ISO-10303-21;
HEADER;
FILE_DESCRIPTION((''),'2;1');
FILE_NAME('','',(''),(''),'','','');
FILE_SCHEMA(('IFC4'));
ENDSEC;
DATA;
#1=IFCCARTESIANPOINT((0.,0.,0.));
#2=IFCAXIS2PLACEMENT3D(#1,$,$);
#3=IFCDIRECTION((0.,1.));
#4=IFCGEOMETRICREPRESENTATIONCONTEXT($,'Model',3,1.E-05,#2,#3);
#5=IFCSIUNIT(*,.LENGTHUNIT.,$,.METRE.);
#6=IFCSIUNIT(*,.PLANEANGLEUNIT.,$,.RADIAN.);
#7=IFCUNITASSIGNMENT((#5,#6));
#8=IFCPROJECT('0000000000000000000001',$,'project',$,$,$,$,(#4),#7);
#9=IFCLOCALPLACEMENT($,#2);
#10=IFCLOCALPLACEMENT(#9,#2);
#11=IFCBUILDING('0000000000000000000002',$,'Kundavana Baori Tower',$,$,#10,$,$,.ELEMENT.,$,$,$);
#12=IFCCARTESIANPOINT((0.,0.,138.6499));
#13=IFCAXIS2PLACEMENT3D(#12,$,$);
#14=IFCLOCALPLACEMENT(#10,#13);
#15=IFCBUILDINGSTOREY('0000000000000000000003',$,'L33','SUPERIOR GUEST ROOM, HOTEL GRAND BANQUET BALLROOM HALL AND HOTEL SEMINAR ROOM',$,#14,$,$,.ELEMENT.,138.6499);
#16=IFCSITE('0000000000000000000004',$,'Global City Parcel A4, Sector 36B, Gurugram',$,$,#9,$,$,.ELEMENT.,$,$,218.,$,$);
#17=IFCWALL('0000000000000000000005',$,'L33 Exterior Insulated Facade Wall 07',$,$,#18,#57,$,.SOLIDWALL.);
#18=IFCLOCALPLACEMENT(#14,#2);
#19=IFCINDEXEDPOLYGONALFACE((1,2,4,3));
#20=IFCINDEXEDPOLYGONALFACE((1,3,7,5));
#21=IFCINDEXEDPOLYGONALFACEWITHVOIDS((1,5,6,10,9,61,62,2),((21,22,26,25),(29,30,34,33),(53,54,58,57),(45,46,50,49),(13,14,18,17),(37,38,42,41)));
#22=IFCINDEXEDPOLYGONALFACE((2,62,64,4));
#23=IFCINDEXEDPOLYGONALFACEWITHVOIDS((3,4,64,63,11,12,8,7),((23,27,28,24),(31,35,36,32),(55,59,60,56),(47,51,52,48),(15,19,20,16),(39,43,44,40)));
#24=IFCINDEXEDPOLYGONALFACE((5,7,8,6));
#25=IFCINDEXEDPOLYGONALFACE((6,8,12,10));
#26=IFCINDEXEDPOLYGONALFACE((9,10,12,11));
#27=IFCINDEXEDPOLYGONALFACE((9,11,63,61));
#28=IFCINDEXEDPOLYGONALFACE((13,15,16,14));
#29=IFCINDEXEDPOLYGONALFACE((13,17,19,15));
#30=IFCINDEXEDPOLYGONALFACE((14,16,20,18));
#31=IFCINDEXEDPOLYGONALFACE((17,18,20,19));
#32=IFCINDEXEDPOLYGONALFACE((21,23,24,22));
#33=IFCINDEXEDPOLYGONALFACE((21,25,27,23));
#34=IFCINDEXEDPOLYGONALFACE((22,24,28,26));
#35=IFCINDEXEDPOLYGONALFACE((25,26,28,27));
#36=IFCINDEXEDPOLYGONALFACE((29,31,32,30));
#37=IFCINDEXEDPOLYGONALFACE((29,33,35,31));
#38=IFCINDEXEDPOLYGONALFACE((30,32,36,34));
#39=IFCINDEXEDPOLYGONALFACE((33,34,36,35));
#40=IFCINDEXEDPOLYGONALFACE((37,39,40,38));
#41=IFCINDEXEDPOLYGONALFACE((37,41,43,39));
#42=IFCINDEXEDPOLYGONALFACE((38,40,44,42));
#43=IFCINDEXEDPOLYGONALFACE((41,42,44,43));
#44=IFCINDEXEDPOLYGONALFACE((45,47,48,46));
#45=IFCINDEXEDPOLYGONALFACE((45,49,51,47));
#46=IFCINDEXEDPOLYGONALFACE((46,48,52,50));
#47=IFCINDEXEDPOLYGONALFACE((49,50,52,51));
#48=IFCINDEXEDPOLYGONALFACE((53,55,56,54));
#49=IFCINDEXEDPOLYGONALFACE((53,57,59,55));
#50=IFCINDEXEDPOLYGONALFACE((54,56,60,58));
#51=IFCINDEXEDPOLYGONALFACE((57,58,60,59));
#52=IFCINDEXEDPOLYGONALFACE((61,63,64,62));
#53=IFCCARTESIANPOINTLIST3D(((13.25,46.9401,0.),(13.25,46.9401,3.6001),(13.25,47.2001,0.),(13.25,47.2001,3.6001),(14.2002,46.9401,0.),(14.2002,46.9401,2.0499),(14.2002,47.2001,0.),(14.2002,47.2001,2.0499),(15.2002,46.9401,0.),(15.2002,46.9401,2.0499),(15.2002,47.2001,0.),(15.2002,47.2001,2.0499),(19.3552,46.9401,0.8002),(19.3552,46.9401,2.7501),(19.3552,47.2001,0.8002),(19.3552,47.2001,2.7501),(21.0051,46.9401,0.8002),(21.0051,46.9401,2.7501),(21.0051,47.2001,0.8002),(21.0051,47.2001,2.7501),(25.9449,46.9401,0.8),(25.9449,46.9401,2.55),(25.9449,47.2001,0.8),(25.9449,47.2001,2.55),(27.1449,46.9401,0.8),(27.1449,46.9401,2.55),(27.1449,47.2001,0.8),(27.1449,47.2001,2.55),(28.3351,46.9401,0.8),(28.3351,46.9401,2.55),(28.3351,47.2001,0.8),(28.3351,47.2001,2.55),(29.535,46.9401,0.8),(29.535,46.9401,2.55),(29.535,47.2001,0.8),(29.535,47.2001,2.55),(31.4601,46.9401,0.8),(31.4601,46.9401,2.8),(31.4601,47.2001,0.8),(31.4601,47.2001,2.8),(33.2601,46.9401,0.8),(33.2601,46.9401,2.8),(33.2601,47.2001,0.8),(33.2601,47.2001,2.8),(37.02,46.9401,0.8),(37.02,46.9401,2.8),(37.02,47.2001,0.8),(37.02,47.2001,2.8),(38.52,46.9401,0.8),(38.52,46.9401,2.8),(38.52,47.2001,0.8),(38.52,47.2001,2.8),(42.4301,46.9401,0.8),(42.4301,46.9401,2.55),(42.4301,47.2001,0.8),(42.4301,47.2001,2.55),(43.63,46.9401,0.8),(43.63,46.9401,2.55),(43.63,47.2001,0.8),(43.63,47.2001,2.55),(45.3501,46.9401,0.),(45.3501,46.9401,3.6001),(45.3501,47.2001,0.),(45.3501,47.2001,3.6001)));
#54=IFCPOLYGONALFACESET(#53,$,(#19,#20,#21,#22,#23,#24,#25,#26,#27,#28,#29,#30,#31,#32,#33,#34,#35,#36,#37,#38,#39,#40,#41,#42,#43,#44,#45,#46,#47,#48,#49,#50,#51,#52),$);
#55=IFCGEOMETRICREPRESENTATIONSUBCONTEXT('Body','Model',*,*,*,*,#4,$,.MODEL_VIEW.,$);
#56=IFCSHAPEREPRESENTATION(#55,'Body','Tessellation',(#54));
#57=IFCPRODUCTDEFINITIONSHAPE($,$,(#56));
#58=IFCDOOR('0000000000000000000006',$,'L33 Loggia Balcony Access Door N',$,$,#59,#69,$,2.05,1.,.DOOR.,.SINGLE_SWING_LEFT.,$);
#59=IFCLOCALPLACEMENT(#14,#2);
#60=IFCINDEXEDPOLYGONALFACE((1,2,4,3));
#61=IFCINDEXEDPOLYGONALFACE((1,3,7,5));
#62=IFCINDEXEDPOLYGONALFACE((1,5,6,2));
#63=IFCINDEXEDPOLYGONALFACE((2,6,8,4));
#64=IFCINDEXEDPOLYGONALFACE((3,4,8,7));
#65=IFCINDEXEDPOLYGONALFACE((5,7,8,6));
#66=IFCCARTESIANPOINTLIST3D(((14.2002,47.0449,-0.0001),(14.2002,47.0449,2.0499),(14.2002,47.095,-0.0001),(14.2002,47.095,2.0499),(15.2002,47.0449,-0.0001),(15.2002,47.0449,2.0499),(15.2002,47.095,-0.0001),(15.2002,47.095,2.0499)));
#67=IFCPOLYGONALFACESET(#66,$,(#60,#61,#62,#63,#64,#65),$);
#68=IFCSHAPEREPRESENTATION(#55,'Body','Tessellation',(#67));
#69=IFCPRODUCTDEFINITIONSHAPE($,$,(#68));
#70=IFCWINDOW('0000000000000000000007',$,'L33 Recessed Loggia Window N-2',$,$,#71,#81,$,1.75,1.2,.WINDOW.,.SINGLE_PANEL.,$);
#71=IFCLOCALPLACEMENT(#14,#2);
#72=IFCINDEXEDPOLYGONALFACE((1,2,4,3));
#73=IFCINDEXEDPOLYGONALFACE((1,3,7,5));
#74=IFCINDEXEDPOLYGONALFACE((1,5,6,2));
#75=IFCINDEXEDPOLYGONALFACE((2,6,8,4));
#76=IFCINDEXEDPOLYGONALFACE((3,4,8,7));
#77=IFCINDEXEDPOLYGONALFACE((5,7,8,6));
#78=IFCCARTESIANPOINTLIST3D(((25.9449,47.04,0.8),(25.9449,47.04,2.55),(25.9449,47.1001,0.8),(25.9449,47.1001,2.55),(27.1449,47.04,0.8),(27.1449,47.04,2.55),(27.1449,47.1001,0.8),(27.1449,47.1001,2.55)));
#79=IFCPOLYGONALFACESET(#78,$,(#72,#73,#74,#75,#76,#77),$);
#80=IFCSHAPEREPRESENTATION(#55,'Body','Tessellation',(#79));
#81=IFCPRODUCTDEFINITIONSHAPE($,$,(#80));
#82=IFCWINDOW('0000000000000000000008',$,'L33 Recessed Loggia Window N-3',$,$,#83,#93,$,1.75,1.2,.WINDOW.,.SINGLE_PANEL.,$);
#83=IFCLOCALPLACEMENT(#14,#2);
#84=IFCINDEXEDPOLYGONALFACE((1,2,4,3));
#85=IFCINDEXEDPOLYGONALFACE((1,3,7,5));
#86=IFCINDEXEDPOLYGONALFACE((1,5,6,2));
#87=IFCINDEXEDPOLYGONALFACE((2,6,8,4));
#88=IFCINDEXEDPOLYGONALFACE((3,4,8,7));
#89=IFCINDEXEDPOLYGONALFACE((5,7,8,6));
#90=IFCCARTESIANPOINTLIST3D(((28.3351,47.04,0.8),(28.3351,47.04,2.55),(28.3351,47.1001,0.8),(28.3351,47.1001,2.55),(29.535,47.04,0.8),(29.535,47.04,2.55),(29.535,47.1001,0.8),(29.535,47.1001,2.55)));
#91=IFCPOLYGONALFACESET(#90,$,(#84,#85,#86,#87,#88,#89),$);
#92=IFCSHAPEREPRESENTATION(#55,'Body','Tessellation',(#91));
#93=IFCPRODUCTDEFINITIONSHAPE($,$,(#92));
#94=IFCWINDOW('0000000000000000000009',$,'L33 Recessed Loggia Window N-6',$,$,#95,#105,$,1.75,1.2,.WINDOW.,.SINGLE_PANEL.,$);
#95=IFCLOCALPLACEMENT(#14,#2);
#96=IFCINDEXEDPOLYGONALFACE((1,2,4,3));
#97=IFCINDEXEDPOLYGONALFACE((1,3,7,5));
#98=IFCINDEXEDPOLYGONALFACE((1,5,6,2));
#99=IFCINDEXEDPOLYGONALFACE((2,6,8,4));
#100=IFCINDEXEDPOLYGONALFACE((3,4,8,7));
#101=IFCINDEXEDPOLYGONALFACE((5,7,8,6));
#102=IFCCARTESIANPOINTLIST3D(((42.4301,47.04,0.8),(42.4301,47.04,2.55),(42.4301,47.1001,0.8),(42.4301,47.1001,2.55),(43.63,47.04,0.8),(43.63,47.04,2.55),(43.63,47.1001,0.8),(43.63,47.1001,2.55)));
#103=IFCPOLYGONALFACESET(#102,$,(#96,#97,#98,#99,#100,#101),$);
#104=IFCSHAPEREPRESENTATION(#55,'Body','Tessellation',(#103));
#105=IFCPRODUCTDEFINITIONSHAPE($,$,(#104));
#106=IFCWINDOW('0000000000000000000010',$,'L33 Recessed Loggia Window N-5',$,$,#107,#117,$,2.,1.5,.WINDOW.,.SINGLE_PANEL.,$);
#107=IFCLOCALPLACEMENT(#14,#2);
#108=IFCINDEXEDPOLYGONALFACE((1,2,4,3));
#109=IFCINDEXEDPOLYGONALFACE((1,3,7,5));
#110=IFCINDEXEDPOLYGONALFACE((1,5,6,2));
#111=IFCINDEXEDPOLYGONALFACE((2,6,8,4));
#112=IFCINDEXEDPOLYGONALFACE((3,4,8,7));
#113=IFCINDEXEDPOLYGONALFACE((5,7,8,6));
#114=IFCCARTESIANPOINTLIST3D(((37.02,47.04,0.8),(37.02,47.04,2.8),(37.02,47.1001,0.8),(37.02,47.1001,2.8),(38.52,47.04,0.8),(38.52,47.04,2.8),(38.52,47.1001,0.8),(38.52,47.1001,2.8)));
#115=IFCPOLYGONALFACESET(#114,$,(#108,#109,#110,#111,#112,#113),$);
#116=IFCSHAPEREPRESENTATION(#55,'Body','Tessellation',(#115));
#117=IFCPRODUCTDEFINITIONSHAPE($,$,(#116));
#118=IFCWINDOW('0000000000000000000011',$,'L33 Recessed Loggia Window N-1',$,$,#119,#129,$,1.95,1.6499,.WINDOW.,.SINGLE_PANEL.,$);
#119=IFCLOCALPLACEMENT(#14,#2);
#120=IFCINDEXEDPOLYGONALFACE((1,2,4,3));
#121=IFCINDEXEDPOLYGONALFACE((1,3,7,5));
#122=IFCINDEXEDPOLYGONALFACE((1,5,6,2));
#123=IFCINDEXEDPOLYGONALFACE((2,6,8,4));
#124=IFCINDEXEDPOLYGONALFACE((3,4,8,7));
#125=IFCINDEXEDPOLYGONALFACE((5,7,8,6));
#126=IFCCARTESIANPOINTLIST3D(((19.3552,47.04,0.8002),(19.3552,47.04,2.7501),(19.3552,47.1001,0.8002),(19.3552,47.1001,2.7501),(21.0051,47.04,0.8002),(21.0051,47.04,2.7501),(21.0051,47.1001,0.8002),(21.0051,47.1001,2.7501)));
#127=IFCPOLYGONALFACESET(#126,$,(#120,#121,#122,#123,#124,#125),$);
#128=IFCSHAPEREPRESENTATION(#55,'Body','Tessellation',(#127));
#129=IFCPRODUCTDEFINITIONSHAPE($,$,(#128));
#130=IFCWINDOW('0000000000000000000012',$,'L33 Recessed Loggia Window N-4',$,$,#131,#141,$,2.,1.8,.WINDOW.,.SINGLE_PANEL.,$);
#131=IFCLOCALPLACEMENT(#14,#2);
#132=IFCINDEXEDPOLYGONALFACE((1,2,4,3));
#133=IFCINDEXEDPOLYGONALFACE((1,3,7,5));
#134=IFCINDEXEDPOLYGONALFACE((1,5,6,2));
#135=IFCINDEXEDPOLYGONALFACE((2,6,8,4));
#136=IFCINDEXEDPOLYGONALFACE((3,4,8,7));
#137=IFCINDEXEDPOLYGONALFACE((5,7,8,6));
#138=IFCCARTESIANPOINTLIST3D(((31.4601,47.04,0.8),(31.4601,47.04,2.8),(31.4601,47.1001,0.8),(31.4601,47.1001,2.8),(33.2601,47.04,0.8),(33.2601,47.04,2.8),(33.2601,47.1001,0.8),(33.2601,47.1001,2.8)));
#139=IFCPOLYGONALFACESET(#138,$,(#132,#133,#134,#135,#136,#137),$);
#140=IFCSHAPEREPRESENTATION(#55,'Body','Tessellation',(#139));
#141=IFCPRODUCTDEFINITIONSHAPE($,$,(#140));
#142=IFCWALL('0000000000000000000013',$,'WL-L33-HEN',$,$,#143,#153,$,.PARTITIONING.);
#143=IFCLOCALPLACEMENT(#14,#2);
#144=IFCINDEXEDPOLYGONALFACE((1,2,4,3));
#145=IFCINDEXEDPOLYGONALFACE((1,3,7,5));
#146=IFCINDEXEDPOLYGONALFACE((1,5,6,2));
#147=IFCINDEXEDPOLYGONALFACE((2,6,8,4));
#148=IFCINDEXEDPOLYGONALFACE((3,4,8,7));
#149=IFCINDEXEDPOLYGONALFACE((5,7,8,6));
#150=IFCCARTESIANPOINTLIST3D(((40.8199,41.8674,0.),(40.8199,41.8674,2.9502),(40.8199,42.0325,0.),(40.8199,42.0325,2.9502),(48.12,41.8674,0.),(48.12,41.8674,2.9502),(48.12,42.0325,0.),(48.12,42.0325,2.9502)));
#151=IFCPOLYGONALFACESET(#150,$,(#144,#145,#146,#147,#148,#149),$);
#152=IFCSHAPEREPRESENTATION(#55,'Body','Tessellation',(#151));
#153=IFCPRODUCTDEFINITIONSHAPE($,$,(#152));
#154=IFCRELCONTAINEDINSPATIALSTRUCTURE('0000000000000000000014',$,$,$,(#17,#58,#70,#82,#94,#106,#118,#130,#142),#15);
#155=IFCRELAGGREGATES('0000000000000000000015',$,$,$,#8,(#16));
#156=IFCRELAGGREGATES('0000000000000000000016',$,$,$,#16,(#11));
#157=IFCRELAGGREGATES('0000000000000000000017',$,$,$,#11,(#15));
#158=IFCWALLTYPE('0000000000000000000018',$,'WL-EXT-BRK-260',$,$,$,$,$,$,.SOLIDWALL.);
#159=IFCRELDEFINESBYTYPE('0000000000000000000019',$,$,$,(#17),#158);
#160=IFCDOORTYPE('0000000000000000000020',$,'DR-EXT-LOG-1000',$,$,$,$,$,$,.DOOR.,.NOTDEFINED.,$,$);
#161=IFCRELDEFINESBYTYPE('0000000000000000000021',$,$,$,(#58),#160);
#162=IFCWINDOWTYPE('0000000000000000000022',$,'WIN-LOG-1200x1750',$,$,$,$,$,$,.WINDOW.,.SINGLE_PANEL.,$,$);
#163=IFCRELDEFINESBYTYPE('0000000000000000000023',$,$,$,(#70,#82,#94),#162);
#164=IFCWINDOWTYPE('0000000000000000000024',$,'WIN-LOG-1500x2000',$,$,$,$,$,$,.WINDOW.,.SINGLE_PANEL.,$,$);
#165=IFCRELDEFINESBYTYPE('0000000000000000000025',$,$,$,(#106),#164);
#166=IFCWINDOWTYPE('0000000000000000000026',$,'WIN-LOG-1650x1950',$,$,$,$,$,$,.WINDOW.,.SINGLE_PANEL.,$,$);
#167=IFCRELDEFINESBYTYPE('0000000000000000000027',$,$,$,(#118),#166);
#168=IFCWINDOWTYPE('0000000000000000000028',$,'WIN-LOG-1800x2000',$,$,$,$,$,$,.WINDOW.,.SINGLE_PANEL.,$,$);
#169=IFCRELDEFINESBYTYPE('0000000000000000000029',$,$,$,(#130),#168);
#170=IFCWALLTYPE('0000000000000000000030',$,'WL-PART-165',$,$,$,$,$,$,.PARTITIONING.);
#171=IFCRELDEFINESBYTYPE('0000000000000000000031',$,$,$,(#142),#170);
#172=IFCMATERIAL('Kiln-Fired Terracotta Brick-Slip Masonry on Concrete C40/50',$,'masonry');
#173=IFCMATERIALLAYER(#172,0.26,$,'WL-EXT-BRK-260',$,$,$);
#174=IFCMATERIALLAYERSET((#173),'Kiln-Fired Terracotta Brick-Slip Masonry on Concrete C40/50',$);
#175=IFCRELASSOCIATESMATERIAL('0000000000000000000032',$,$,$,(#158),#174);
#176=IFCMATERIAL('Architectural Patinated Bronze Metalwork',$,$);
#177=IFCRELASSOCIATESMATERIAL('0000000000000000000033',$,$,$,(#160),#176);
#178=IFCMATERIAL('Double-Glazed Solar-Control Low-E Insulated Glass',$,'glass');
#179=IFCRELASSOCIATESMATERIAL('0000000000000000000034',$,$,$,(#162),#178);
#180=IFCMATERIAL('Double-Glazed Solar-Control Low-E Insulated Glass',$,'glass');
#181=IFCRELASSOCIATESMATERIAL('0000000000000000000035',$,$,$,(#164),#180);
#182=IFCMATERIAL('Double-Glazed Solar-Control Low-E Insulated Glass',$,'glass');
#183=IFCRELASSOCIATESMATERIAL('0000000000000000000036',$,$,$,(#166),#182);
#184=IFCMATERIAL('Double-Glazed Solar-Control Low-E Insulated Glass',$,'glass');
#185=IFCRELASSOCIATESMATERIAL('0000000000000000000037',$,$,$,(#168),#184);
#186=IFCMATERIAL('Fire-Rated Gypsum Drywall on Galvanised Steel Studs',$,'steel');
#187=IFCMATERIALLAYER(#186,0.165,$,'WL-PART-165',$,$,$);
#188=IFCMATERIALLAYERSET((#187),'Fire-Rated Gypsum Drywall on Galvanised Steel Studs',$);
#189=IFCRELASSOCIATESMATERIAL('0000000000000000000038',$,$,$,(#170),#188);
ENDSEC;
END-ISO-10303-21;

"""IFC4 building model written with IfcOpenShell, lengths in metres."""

from ifc_helpers import new_model, si_unit, direction, frame, frame_2d, origin, place, context, subcontext, project, spatial, rectangle, extrude, material, layer, layer_set, type_object, element, fill, save


model = new_model("IFC4")

# Units and contexts
model_context = context("Model", 3, precision=1e-05, world=origin(), true_north=direction((0.0, 1.0)))
body_context = subcontext(model_context, "Body", "Model", "MODEL_VIEW")
ifc_project = project(units=[si_unit("LENGTHUNIT", "METRE"), si_unit("PLANEANGLEUNIT", "RADIAN")], contexts=[model_context])

# Site, building, storey
site_placement = place(None, origin())
site = spatial("IfcSite", under=ifc_project, at=site_placement, Name="Global City Parcel A4, Sector 36B, Gurugram", CompositionType="ELEMENT", RefElevation=218.0)
building_placement = place(site_placement, origin())
building = spatial("IfcBuilding", under=site, at=building_placement, Name="Kundavana Baori Tower", CompositionType="ELEMENT")
storey_placement = place(building_placement, frame((0.0, 0.0, 138.6499)))
storey = spatial("IfcBuildingStorey", under=building, at=storey_placement, Name="L33", Description="SUPERIOR GUEST ROOM, HOTEL GRAND BANQUET BALLROOM HALL AND HOTEL SEMINAR ROOM", CompositionType="ELEMENT", Elevation=138.6499)

# Shared definitions
ifc_material_1 = material(Name="Kiln-Fired Terracotta Brick-Slip Masonry on Concrete C40/50", Category="masonry")
ifc_layer_1 = layer(ifc_material_1, 0.26, Name="WL-EXT-BRK-260")
ifc_layer_set_1 = layer_set([ifc_layer_1], Name="Kiln-Fired Terracotta Brick-Slip Masonry on Concrete C40/50")
wall_type_1 = type_object("IfcWallType", Name="WL-EXT-BRK-260", PredefinedType="SOLIDWALL", material=ifc_layer_set_1)

# Wall, openings, door, windows
wall_1_placement = place(storey_placement, frame((45.3501, 47.0701, 0.0), z_axis=(0.0, 0.0, 1.0), x_axis=(-1.0, 0.0, 0.0)))
wall_1 = element("IfcWall", 1, at=wall_1_placement, inside=storey, type_object=wall_type_1, Name="L33 Exterior Insulated Facade Wall 07", PredefinedType="SOLIDWALL", context=body_context, shape_type="SweptSolid", body=[
    extrude(rectangle(XDim=32.1001, YDim=0.26, at=frame_2d((16.05, 0.0))), origin(), (0.0, 0.0, 1.0), 3.6001),
])
opening_1_placement = place(wall_1_placement, frame((30.1499, 0.0, 0.0)))
opening_1 = element("IfcOpeningElement", 2, at=opening_1_placement, cuts=wall_1, PredefinedType="OPENING", context=body_context, shape_type="SweptSolid", body=[
    extrude(rectangle(XDim=1.0, YDim=2.05, at=frame_2d((0.5, 1.0249))), frame((0.0, 0.1401, 0.0), z_axis=(0.0, -1.0, 0.0), x_axis=(1.0, 0.0, 0.0)), (0.0, 0.0, 1.0), 0.28),
])
opening_2_placement = place(wall_1_placement, frame((24.345, 0.0, 0.8)))
opening_2 = element("IfcOpeningElement", 3, at=opening_2_placement, cuts=wall_1, PredefinedType="OPENING", context=body_context, shape_type="SweptSolid", body=[
    extrude(rectangle(XDim=1.6499, YDim=1.95, at=frame_2d((0.825, 0.9751))), frame((0.0, 0.1401, 0.0), z_axis=(0.0, -1.0, 0.0), x_axis=(1.0, 0.0, 0.0)), (0.0, 0.0, 1.0), 0.28),
])
opening_3_placement = place(wall_1_placement, frame((18.2051, 0.0, 0.8)))
opening_3 = element("IfcOpeningElement", 4, at=opening_3_placement, cuts=wall_1, PredefinedType="OPENING", context=body_context, shape_type="SweptSolid", body=[
    extrude(rectangle(XDim=1.2, YDim=1.75, at=frame_2d((0.6001, 0.875))), frame((0.0, 0.1401, 0.0), z_axis=(0.0, -1.0, 0.0), x_axis=(1.0, 0.0, 0.0)), (0.0, 0.0, 1.0), 0.28),
])
opening_4_placement = place(wall_1_placement, frame((15.8149, 0.0, 0.8)))
opening_4 = element("IfcOpeningElement", 5, at=opening_4_placement, cuts=wall_1, PredefinedType="OPENING", context=body_context, shape_type="SweptSolid", body=[
    extrude(rectangle(XDim=1.2, YDim=1.75, at=frame_2d((0.6001, 0.875))), frame((0.0, 0.1401, 0.0), z_axis=(0.0, -1.0, 0.0), x_axis=(1.0, 0.0, 0.0)), (0.0, 0.0, 1.0), 0.28),
])
opening_5_placement = place(wall_1_placement, frame((12.0901, 0.0, 0.8)))
opening_5 = element("IfcOpeningElement", 6, at=opening_5_placement, cuts=wall_1, PredefinedType="OPENING", context=body_context, shape_type="SweptSolid", body=[
    extrude(rectangle(XDim=1.8, YDim=2.0, at=frame_2d((0.8999, 1.0))), frame((0.0, 0.1401, 0.0), z_axis=(0.0, -1.0, 0.0), x_axis=(1.0, 0.0, 0.0)), (0.0, 0.0, 1.0), 0.28),
])
opening_6_placement = place(wall_1_placement, frame((6.8301, 0.0, 0.8)))
opening_6 = element("IfcOpeningElement", 7, at=opening_6_placement, cuts=wall_1, PredefinedType="OPENING", context=body_context, shape_type="SweptSolid", body=[
    extrude(rectangle(XDim=1.5, YDim=2.0, at=frame_2d((0.75, 1.0))), frame((0.0, 0.1401, 0.0), z_axis=(0.0, -1.0, 0.0), x_axis=(1.0, 0.0, 0.0)), (0.0, 0.0, 1.0), 0.28),
])
opening_7_placement = place(wall_1_placement, frame((1.72, 0.0, 0.8)))
opening_7 = element("IfcOpeningElement", 8, at=opening_7_placement, cuts=wall_1, PredefinedType="OPENING", context=body_context, shape_type="SweptSolid", body=[
    extrude(rectangle(XDim=1.2, YDim=1.75, at=frame_2d((0.6001, 0.875))), frame((0.0, 0.1401, 0.0), z_axis=(0.0, -1.0, 0.0), x_axis=(1.0, 0.0, 0.0)), (0.0, 0.0, 1.0), 0.28),
])
ifc_material_2 = material(Name="Architectural Patinated Bronze Metalwork")
door_type_1 = type_object("IfcDoorType", Name="DR-EXT-LOG-1000", OperationType="NOTDEFINED", PredefinedType="DOOR", material=ifc_material_2)
door_1_placement = place(opening_1_placement, frame((1.0, 0.0, 0.0), z_axis=(0.0, 0.0, 1.0), x_axis=(-1.0, 0.0, 0.0)))
door_1 = element("IfcDoor", 9, at=door_1_placement, inside=storey, type_object=door_type_1, Name="L33 Loggia Balcony Access Door N", OperationType="SINGLE_SWING_LEFT", OverallHeight=2.05, OverallWidth=1.0, PredefinedType="DOOR", context=body_context, shape_type="SweptSolid", body=[
    extrude(rectangle(XDim=1.0, YDim=2.05, at=frame_2d((0.5, 1.0249))), frame((0.0, 0.0249, 0.0), z_axis=(0.0, -1.0, 0.0), x_axis=(1.0, 0.0, 0.0)), (0.0, 0.0, 1.0), 0.05),
])
fill(opening_1, door_1)
ifc_material_3 = material(Name="Double-Glazed Solar-Control Low-E Insulated Glass", Category="glass")
window_type_1 = type_object("IfcWindowType", Name="WIN-LOG-1200x1750", PartitioningType="SINGLE_PANEL", PredefinedType="WINDOW", material=ifc_material_3)
window_1_placement = place(opening_3_placement, origin())
window_1 = element("IfcWindow", 10, at=window_1_placement, inside=storey, type_object=window_type_1, Name="L33 Recessed Loggia Window N-2", OverallHeight=1.75, OverallWidth=1.2, PartitioningType="SINGLE_PANEL", PredefinedType="WINDOW", context=body_context, shape_type="SweptSolid", body=[
    extrude(rectangle(XDim=1.2, YDim=1.75, at=frame_2d((0.6001, 0.875))), frame((0.0, 0.03, 0.0), z_axis=(0.0, -1.0, 0.0), x_axis=(1.0, 0.0, 0.0)), (0.0, 0.0, 1.0), 0.0601),
])
fill(opening_3, window_1)
window_2_placement = place(opening_4_placement, origin())
window_2 = element("IfcWindow", 11, at=window_2_placement, inside=storey, type_object=window_type_1, Name="L33 Recessed Loggia Window N-3", OverallHeight=1.75, OverallWidth=1.2, PartitioningType="SINGLE_PANEL", PredefinedType="WINDOW", context=body_context, shape_type="SweptSolid", body=[
    extrude(rectangle(XDim=1.2, YDim=1.75, at=frame_2d((0.6001, 0.875))), frame((0.0, 0.03, 0.0), z_axis=(0.0, -1.0, 0.0), x_axis=(1.0, 0.0, 0.0)), (0.0, 0.0, 1.0), 0.0601),
])
fill(opening_4, window_2)
window_3_placement = place(opening_7_placement, origin())
window_3 = element("IfcWindow", 12, at=window_3_placement, inside=storey, type_object=window_type_1, Name="L33 Recessed Loggia Window N-6", OverallHeight=1.75, OverallWidth=1.2, PartitioningType="SINGLE_PANEL", PredefinedType="WINDOW", context=body_context, shape_type="SweptSolid", body=[
    extrude(rectangle(XDim=1.2, YDim=1.75, at=frame_2d((0.6001, 0.875))), frame((0.0, 0.03, 0.0), z_axis=(0.0, -1.0, 0.0), x_axis=(1.0, 0.0, 0.0)), (0.0, 0.0, 1.0), 0.0601),
])
fill(opening_7, window_3)
ifc_material_4 = material(Name="Double-Glazed Solar-Control Low-E Insulated Glass", Category="glass")
window_type_2 = type_object("IfcWindowType", Name="WIN-LOG-1500x2000", PartitioningType="SINGLE_PANEL", PredefinedType="WINDOW", material=ifc_material_4)
window_4_placement = place(opening_6_placement, origin())
window_4 = element("IfcWindow", 13, at=window_4_placement, inside=storey, type_object=window_type_2, Name="L33 Recessed Loggia Window N-5", OverallHeight=2.0, OverallWidth=1.5, PartitioningType="SINGLE_PANEL", PredefinedType="WINDOW", context=body_context, shape_type="SweptSolid", body=[
    extrude(rectangle(XDim=1.5, YDim=2.0, at=frame_2d((0.75, 1.0))), frame((0.0, 0.03, 0.0), z_axis=(0.0, -1.0, 0.0), x_axis=(1.0, 0.0, 0.0)), (0.0, 0.0, 1.0), 0.0601),
])
fill(opening_6, window_4)
ifc_material_5 = material(Name="Double-Glazed Solar-Control Low-E Insulated Glass", Category="glass")
window_type_3 = type_object("IfcWindowType", Name="WIN-LOG-1650x1950", PartitioningType="SINGLE_PANEL", PredefinedType="WINDOW", material=ifc_material_5)
window_5_placement = place(opening_2_placement, origin())
window_5 = element("IfcWindow", 14, at=window_5_placement, inside=storey, type_object=window_type_3, Name="L33 Recessed Loggia Window N-1", OverallHeight=1.95, OverallWidth=1.6499, PartitioningType="SINGLE_PANEL", PredefinedType="WINDOW", context=body_context, shape_type="SweptSolid", body=[
    extrude(rectangle(XDim=1.6499, YDim=1.95, at=frame_2d((0.825, 0.9751))), frame((0.0, 0.03, 0.0), z_axis=(0.0, -1.0, 0.0), x_axis=(1.0, 0.0, 0.0)), (0.0, 0.0, 1.0), 0.0601),
])
fill(opening_2, window_5)
ifc_material_6 = material(Name="Double-Glazed Solar-Control Low-E Insulated Glass", Category="glass")
window_type_4 = type_object("IfcWindowType", Name="WIN-LOG-1800x2000", PartitioningType="SINGLE_PANEL", PredefinedType="WINDOW", material=ifc_material_6)
window_6_placement = place(opening_5_placement, origin())
window_6 = element("IfcWindow", 15, at=window_6_placement, inside=storey, type_object=window_type_4, Name="L33 Recessed Loggia Window N-4", OverallHeight=2.0, OverallWidth=1.8, PartitioningType="SINGLE_PANEL", PredefinedType="WINDOW", context=body_context, shape_type="SweptSolid", body=[
    extrude(rectangle(XDim=1.8, YDim=2.0, at=frame_2d((0.8999, 1.0))), frame((0.0, 0.03, 0.0), z_axis=(0.0, -1.0, 0.0), x_axis=(1.0, 0.0, 0.0)), (0.0, 0.0, 1.0), 0.0601),
])
fill(opening_5, window_6)

# Wall
ifc_material_7 = material(Name="Fire-Rated Gypsum Drywall on Galvanised Steel Studs", Category="steel")
ifc_layer_2 = layer(ifc_material_7, 0.165, Name="WL-PART-165")
ifc_layer_set_2 = layer_set([ifc_layer_2], Name="Fire-Rated Gypsum Drywall on Galvanised Steel Studs")
wall_type_2 = type_object("IfcWallType", Name="WL-PART-165", PredefinedType="PARTITIONING", material=ifc_layer_set_2)
wall_2_placement = place(storey_placement, frame((40.8201, 41.95, 0.0), z_axis=(0.0, 0.0, 1.0), x_axis=(1.0, 0.0, 0.0)))
element("IfcWall", 16, at=wall_2_placement, inside=storey, type_object=wall_type_2, Name="WL-L33-HEN", PredefinedType="PARTITIONING", context=body_context, shape_type="SweptSolid", body=[
    extrude(rectangle(XDim=7.3, YDim=0.165, at=frame_2d((3.6499, 0.0))), origin(), (0.0, 0.0, 1.0), 2.9502),
])

save(model, "model.ifc")
